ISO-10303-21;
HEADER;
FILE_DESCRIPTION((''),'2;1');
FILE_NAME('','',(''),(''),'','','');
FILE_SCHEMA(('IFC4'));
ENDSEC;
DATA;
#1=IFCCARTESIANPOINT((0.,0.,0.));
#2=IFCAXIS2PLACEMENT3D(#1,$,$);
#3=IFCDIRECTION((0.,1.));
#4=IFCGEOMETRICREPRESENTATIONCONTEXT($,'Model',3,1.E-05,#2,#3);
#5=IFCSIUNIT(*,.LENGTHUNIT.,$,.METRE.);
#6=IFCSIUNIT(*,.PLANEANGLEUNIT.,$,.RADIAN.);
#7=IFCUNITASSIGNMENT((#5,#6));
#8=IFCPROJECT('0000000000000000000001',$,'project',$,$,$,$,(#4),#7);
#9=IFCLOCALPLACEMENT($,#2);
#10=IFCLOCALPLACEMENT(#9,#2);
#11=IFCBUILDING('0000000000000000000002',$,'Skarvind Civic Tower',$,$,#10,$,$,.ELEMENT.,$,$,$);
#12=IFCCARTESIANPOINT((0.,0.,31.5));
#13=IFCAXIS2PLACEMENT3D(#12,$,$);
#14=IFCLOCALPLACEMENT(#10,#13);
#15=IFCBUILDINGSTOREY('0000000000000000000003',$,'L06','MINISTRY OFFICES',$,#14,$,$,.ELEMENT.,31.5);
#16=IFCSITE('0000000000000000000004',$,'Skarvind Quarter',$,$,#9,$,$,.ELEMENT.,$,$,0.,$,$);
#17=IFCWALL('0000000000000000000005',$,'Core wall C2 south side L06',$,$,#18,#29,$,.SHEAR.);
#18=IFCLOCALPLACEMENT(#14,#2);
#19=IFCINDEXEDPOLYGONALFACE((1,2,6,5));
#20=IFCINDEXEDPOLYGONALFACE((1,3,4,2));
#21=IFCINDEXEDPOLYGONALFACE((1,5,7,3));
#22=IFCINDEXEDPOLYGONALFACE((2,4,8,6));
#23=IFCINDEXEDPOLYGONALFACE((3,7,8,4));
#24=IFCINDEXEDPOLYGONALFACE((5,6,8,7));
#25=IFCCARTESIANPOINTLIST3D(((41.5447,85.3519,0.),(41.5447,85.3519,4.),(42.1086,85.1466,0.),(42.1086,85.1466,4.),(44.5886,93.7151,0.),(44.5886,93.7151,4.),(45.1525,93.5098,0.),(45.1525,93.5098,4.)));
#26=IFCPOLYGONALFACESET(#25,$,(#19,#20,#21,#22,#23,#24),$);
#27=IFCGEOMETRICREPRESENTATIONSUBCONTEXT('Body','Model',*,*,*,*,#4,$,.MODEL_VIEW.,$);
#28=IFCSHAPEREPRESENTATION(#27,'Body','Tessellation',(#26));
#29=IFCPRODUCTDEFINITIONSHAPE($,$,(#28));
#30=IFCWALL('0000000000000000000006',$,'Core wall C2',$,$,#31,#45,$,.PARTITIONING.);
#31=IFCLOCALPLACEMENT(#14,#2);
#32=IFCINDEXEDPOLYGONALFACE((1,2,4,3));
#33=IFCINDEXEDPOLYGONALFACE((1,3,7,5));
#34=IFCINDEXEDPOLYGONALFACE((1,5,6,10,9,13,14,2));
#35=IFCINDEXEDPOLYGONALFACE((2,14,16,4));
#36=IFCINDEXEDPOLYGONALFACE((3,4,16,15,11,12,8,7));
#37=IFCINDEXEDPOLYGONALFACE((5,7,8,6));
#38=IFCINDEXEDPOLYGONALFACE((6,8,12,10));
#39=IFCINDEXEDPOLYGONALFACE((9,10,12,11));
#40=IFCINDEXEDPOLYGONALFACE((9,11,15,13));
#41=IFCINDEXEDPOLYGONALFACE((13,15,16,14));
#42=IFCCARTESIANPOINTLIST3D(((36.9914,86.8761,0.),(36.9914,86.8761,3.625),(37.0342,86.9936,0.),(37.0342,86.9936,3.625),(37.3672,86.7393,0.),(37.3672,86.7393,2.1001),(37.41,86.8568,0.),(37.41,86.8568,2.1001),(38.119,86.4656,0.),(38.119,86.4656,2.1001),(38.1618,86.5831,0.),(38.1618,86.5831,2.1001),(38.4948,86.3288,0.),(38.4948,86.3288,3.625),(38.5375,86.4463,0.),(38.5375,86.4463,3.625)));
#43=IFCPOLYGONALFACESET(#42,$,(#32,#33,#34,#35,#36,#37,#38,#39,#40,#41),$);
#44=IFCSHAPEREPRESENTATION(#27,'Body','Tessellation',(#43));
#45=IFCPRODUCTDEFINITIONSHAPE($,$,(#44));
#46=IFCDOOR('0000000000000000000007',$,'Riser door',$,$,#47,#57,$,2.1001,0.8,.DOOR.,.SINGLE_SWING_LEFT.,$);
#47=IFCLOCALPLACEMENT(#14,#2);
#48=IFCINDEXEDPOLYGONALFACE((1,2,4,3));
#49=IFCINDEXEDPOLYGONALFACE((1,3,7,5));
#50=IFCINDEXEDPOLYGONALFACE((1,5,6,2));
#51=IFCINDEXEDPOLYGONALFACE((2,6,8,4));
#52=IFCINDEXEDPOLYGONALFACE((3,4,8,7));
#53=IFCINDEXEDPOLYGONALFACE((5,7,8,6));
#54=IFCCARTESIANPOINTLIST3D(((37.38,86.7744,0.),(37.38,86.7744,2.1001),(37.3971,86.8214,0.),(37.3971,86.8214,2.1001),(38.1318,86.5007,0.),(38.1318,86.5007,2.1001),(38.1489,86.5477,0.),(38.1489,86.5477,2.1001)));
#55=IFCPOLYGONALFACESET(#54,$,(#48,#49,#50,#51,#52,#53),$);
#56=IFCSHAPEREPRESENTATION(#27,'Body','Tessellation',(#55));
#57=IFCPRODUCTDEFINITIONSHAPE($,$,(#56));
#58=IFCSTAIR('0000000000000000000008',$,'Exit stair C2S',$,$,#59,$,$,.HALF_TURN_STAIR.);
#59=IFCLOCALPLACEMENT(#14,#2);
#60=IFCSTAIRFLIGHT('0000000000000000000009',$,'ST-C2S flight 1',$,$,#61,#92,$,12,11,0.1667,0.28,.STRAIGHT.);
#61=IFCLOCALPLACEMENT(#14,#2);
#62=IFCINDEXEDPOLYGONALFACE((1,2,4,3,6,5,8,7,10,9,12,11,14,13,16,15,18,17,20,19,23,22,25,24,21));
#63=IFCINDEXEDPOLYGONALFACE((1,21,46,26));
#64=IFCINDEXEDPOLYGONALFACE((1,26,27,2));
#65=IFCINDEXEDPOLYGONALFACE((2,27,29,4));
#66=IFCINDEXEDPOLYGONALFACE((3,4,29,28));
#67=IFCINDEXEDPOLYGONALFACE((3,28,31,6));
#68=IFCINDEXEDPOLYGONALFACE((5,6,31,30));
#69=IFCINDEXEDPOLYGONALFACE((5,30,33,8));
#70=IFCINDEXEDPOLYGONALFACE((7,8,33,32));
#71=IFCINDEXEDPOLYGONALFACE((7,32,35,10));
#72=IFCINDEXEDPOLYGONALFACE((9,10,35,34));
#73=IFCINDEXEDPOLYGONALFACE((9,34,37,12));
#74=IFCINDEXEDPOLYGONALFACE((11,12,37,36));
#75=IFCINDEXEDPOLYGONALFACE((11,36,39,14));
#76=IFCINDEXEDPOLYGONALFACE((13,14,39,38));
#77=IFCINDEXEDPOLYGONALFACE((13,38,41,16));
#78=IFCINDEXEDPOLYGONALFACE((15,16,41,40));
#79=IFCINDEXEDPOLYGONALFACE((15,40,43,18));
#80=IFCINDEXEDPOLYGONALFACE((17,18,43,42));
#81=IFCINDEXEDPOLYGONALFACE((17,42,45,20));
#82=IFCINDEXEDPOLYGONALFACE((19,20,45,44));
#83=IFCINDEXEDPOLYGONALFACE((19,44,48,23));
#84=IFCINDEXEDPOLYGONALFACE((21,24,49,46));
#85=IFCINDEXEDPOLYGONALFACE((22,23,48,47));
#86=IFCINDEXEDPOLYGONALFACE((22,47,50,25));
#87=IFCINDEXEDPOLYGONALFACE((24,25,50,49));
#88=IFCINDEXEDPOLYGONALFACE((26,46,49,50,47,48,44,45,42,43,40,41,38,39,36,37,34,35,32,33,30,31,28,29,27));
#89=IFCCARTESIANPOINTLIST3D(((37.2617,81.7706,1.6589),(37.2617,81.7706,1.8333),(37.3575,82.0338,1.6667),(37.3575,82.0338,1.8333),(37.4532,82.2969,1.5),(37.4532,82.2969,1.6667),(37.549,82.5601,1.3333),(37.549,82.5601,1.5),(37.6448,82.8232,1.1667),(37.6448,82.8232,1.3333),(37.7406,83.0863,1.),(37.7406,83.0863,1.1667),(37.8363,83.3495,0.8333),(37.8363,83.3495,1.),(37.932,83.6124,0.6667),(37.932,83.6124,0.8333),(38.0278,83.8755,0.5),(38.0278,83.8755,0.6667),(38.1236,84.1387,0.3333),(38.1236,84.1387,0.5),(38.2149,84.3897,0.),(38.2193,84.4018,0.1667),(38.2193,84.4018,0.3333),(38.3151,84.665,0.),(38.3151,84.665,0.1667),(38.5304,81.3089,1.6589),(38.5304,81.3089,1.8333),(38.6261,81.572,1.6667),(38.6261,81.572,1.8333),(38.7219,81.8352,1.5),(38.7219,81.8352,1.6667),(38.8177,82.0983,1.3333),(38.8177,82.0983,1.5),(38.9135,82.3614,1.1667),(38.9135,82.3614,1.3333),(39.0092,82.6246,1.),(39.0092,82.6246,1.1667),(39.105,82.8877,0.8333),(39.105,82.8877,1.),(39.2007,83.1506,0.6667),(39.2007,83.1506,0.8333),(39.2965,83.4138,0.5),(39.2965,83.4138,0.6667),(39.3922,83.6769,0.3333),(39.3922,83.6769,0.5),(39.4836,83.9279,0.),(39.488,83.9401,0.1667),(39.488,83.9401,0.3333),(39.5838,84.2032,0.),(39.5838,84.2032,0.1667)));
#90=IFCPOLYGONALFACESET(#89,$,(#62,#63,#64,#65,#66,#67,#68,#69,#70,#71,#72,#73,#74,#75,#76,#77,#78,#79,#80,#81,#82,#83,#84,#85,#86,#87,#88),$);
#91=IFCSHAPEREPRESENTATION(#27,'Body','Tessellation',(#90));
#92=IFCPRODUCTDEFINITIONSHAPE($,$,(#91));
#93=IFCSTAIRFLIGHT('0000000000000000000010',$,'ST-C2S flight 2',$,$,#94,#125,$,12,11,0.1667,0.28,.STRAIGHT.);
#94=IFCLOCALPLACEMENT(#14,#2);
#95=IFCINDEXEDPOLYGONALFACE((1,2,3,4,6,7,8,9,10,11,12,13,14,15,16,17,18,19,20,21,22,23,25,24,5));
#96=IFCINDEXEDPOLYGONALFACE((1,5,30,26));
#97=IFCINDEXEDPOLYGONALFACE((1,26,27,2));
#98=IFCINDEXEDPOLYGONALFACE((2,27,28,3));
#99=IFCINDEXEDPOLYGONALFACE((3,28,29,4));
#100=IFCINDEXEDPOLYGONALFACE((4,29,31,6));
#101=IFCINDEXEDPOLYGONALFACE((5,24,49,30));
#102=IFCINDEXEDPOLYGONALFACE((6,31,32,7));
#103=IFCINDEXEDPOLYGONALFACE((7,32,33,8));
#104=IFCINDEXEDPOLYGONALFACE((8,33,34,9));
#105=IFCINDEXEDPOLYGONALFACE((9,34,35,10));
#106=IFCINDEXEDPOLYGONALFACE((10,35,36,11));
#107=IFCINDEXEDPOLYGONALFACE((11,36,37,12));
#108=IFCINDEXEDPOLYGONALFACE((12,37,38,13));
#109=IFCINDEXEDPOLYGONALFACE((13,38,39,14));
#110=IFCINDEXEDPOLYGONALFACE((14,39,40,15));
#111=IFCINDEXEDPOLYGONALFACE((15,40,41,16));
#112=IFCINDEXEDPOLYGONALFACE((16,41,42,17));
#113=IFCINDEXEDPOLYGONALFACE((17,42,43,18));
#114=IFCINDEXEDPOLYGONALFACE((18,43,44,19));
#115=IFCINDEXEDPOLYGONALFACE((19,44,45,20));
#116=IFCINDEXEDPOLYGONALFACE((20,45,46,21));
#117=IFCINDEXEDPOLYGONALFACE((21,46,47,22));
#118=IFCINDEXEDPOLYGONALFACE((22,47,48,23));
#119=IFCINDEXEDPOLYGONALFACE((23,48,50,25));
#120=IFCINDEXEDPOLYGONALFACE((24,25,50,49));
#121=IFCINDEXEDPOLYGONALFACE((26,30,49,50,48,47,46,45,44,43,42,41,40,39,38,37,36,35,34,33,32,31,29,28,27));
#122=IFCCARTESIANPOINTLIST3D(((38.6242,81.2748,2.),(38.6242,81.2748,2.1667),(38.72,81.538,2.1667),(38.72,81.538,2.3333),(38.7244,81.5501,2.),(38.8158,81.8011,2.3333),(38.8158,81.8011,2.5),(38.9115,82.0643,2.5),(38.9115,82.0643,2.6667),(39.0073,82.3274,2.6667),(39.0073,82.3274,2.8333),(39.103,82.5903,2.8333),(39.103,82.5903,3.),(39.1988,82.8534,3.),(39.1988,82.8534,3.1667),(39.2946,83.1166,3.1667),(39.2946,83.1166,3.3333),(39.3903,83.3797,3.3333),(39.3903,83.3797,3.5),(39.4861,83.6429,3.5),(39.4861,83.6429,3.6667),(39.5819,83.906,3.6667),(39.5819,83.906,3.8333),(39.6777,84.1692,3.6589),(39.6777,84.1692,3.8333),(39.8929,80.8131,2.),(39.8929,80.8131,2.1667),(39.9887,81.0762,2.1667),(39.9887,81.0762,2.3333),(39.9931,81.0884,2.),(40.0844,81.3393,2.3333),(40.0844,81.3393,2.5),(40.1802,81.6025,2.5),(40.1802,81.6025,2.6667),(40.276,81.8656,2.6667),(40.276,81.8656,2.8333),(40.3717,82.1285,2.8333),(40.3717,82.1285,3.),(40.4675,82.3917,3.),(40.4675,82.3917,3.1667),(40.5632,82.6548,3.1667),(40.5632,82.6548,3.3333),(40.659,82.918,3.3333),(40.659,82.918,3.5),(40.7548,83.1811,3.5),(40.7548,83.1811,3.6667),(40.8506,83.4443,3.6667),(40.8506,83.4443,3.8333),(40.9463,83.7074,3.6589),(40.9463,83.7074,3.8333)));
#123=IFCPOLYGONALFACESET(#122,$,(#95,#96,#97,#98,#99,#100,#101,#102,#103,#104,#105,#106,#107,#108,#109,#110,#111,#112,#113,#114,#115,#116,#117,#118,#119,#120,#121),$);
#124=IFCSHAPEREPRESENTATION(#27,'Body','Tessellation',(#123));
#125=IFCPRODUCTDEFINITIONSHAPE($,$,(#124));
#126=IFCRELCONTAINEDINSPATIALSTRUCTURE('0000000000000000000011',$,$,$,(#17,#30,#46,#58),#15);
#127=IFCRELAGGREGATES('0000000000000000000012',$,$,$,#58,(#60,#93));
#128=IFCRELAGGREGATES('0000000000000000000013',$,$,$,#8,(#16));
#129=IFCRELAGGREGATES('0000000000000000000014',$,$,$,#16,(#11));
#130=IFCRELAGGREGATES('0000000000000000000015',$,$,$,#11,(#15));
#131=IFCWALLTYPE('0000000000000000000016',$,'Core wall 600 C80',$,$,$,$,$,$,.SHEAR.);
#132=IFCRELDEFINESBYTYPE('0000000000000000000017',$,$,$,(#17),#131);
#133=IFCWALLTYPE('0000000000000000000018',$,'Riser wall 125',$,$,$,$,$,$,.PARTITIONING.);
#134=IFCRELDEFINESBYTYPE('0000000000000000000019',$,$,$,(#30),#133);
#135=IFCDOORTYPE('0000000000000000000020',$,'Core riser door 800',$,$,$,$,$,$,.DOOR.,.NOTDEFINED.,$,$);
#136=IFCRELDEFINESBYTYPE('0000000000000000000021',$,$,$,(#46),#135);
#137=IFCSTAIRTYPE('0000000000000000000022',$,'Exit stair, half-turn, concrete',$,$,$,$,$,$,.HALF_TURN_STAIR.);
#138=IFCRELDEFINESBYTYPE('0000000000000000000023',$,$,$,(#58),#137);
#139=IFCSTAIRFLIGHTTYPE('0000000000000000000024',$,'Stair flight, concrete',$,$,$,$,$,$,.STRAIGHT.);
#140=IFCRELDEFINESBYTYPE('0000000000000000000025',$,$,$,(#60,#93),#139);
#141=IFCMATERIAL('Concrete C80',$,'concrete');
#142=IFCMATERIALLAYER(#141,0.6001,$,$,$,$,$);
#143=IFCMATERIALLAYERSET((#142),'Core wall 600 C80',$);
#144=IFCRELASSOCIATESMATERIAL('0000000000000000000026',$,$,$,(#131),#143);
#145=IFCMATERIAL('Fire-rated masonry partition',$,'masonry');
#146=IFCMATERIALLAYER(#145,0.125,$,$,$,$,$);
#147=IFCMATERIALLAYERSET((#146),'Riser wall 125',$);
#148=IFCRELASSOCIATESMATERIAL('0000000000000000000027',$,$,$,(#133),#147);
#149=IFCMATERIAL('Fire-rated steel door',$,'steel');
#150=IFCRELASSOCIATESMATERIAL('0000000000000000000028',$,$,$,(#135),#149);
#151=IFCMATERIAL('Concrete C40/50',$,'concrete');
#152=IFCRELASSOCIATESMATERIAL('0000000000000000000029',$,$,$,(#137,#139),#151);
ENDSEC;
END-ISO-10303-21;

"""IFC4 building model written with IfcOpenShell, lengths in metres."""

from ifc_helpers import new_model, si_unit, direction, frame, frame_2d, origin, place, context, subcontext, project, spatial, polyline, rectangle, outline, extrude, material, layer, layer_set, type_object, element, fill, aggregate, save


model = new_model("IFC4")

# Units and contexts
model_context = context("Model", 3, precision=1e-05, world=origin(), true_north=direction((0.0, 1.0)))
body_context = subcontext(model_context, "Body", "Model", "MODEL_VIEW")
ifc_project = project(units=[si_unit("LENGTHUNIT", "METRE"), si_unit("PLANEANGLEUNIT", "RADIAN")], contexts=[model_context])

# Site, building, storey
site_placement = place(None, origin())
site = spatial("IfcSite", under=ifc_project, at=site_placement, Name="Skarvind Quarter", CompositionType="ELEMENT", RefElevation=0.0)
building_placement = place(site_placement, origin())
building = spatial("IfcBuilding", under=site, at=building_placement, Name="Skarvind Civic Tower", CompositionType="ELEMENT")
storey_placement = place(building_placement, frame((0.0, 0.0, 31.5)))
storey = spatial("IfcBuildingStorey", under=building, at=storey_placement, Name="L06", Description="MINISTRY OFFICES", CompositionType="ELEMENT", Elevation=31.5)

# Shared definitions
ifc_material_1 = material(Name="Concrete C80", Category="concrete")

# Shared definitions
ifc_material_2 = material(Name="Fire-rated steel door", Category="steel")

# Wall
ifc_layer_1 = layer(ifc_material_1, 0.6001)
ifc_layer_set_1 = layer_set([ifc_layer_1], Name="Core wall 600 C80")
wall_type_1 = type_object("IfcWallType", Name="Core wall 600 C80", PredefinedType="SHEAR", material=ifc_layer_set_1)
wall_1_placement = place(storey_placement, frame((41.8267, 85.2493, 0.0), z_axis=(0.0, 0.0, 1.0), x_axis=(0.342016, 0.939694, 0.0)))
element("IfcWall", 1, at=wall_1_placement, inside=storey, type_object=wall_type_1, Name="Core wall C2 south side L06", PredefinedType="SHEAR", context=body_context, shape_type="SweptSolid", body=[
    extrude(rectangle(XDim=8.8999, YDim=0.6001, at=frame_2d((4.45, 0.0))), origin(), (0.0, 0.0, 1.0), 4.0),
])

# Wall, opening, door
ifc_material_3 = material(Name="Fire-rated masonry partition", Category="masonry")
ifc_layer_2 = layer(ifc_material_3, 0.125)
ifc_layer_set_2 = layer_set([ifc_layer_2], Name="Riser wall 125")
wall_type_2 = type_object("IfcWallType", Name="Riser wall 125", PredefinedType="PARTITIONING", material=ifc_layer_set_2)
wall_2_placement = place(storey_placement, frame((37.0129, 86.9348, 0.0), z_axis=(0.0, 0.0, 1.0), x_axis=(0.93966, -0.342111, 0.0)))
wall_2 = element("IfcWall", 2, at=wall_2_placement, inside=storey, type_object=wall_type_2, Name="Core wall C2", PredefinedType="PARTITIONING", context=body_context, shape_type="SweptSolid", body=[
    extrude(rectangle(XDim=1.5999, YDim=0.125, at=frame_2d((0.7998, 0.0))), origin(), (0.0, 0.0, 1.0), 3.625),
])
opening_1_placement = place(wall_2_placement, frame((0.3999, 0.0, 0.0)))
opening_1 = element("IfcOpeningElement", 3, at=opening_1_placement, cuts=wall_2, PredefinedType="OPENING", context=body_context, shape_type="SweptSolid", body=[
    extrude(rectangle(XDim=0.8, YDim=2.1001, at=frame_2d((0.3999, 1.05))), frame((0.0, 0.0725, 0.0), z_axis=(0.0, -1.0, 0.0), x_axis=(1.0, 0.0, 0.0)), (0.0, 0.0, 1.0), 0.145),
])
door_type_1 = type_object("IfcDoorType", Name="Core riser door 800", OperationType="NOTDEFINED", PredefinedType="DOOR", material=ifc_material_2)
door_1_placement = place(opening_1_placement, origin())
door_1 = element("IfcDoor", 4, at=door_1_placement, inside=storey, type_object=door_type_1, Name="Riser door", OperationType="SINGLE_SWING_LEFT", OverallHeight=2.1001, OverallWidth=0.8, PredefinedType="DOOR", context=body_context, shape_type="SweptSolid", body=[
    extrude(rectangle(XDim=0.8, YDim=2.1001, at=frame_2d((0.3999, 1.05))), frame((0.0, 0.0249, 0.0), z_axis=(0.0, -1.0, 0.0), x_axis=(1.0, 0.0, 0.0)), (0.0, 0.0, 1.0), 0.05),
])
fill(opening_1, door_1)

# Stair, stair flights
ifc_material_4 = material(Name="Concrete C40/50", Category="concrete")
stair_type = type_object("IfcStairType", Name="Exit stair, half-turn, concrete", PredefinedType="HALF_TURN_STAIR", material=ifc_material_4)
stair_placement = place(storey_placement, origin())
stair = element("IfcStair", 5, at=stair_placement, inside=storey, type_object=stair_type, Name="Exit stair C2S", PredefinedType="HALF_TURN_STAIR")
stair_flight_type = type_object("IfcStairFlightType", Name="Stair flight, concrete", PredefinedType="STRAIGHT", material=ifc_material_4)
stair_flight_1_placement = place(storey_placement, frame((38.9495, 84.4341, 0.0), z_axis=(0.0, 0.0, 1.0), x_axis=(-0.34202, -0.939693, 0.0)))
stair_flight_1 = element("IfcStairFlight", 6, at=stair_flight_1_placement, type_object=stair_flight_type, Name="ST-C2S flight 1", NumberOfRisers=12, NumberOfTreads=11, PredefinedType="STRAIGHT", RiserHeight=0.1667, TreadLength=0.28, context=body_context, shape_type="SweptSolid", body=[
    extrude(outline(polyline([(0.0, 0.0), (0.0, 0.1667), (0.28, 0.1667), (0.28, 0.3333), (0.5601, 0.3333), (0.5601, 0.5), (0.8401, 0.5), (0.8401, 0.6667), (1.1201, 0.6667), (1.1201, 0.8333), (1.3999, 0.8333), (1.3999, 1.0), (1.6799, 1.0), (1.6799, 1.1667), (1.96, 1.1667), (1.96, 1.3333), (2.24, 1.3333), (2.24, 1.5), (2.52, 1.5), (2.52, 1.6667), (2.8, 1.6667), (2.8, 1.8333), (3.0801, 1.8333), (3.0801, 2.0), (3.0801, 1.6589), (0.293, 0.0), (0.0, 0.0)])), frame((0.0, 0.675, 0.0), z_axis=(0.0, -1.0, 0.0), x_axis=(1.0, 0.0, 0.0)), (0.0, 0.0, 1.0), 1.3501),
])
stair_flight_2_placement = place(storey_placement, frame((39.2585, 81.0439, 2.0), z_axis=(0.0, 0.0, 1.0), x_axis=(0.34202, 0.939693, 0.0)))
stair_flight_2 = element("IfcStairFlight", 7, at=stair_flight_2_placement, type_object=stair_flight_type, Name="ST-C2S flight 2", NumberOfRisers=12, NumberOfTreads=11, PredefinedType="STRAIGHT", RiserHeight=0.1667, TreadLength=0.28, context=body_context, shape_type="SweptSolid", body=[
    extrude(outline(polyline([(0.0, 0.0), (0.0, 0.1667), (0.28, 0.1667), (0.28, 0.3333), (0.5601, 0.3333), (0.5601, 0.5), (0.8401, 0.5), (0.8401, 0.6667), (1.1201, 0.6667), (1.1201, 0.8333), (1.3999, 0.8333), (1.3999, 1.0), (1.6799, 1.0), (1.6799, 1.1667), (1.96, 1.1667), (1.96, 1.3333), (2.24, 1.3333), (2.24, 1.5), (2.52, 1.5), (2.52, 1.6667), (2.8, 1.6667), (2.8, 1.8333), (3.0801, 1.8333), (3.0801, 2.0), (3.0801, 1.6589), (0.293, 0.0), (0.0, 0.0)])), frame((0.0, 0.675, 0.0), z_axis=(0.0, -1.0, 0.0), x_axis=(1.0, 0.0, 0.0)), (0.0, 0.0, 1.0), 1.3501),
])
aggregate(stair, [stair_flight_1, stair_flight_2])

save(model, "model.ifc")
